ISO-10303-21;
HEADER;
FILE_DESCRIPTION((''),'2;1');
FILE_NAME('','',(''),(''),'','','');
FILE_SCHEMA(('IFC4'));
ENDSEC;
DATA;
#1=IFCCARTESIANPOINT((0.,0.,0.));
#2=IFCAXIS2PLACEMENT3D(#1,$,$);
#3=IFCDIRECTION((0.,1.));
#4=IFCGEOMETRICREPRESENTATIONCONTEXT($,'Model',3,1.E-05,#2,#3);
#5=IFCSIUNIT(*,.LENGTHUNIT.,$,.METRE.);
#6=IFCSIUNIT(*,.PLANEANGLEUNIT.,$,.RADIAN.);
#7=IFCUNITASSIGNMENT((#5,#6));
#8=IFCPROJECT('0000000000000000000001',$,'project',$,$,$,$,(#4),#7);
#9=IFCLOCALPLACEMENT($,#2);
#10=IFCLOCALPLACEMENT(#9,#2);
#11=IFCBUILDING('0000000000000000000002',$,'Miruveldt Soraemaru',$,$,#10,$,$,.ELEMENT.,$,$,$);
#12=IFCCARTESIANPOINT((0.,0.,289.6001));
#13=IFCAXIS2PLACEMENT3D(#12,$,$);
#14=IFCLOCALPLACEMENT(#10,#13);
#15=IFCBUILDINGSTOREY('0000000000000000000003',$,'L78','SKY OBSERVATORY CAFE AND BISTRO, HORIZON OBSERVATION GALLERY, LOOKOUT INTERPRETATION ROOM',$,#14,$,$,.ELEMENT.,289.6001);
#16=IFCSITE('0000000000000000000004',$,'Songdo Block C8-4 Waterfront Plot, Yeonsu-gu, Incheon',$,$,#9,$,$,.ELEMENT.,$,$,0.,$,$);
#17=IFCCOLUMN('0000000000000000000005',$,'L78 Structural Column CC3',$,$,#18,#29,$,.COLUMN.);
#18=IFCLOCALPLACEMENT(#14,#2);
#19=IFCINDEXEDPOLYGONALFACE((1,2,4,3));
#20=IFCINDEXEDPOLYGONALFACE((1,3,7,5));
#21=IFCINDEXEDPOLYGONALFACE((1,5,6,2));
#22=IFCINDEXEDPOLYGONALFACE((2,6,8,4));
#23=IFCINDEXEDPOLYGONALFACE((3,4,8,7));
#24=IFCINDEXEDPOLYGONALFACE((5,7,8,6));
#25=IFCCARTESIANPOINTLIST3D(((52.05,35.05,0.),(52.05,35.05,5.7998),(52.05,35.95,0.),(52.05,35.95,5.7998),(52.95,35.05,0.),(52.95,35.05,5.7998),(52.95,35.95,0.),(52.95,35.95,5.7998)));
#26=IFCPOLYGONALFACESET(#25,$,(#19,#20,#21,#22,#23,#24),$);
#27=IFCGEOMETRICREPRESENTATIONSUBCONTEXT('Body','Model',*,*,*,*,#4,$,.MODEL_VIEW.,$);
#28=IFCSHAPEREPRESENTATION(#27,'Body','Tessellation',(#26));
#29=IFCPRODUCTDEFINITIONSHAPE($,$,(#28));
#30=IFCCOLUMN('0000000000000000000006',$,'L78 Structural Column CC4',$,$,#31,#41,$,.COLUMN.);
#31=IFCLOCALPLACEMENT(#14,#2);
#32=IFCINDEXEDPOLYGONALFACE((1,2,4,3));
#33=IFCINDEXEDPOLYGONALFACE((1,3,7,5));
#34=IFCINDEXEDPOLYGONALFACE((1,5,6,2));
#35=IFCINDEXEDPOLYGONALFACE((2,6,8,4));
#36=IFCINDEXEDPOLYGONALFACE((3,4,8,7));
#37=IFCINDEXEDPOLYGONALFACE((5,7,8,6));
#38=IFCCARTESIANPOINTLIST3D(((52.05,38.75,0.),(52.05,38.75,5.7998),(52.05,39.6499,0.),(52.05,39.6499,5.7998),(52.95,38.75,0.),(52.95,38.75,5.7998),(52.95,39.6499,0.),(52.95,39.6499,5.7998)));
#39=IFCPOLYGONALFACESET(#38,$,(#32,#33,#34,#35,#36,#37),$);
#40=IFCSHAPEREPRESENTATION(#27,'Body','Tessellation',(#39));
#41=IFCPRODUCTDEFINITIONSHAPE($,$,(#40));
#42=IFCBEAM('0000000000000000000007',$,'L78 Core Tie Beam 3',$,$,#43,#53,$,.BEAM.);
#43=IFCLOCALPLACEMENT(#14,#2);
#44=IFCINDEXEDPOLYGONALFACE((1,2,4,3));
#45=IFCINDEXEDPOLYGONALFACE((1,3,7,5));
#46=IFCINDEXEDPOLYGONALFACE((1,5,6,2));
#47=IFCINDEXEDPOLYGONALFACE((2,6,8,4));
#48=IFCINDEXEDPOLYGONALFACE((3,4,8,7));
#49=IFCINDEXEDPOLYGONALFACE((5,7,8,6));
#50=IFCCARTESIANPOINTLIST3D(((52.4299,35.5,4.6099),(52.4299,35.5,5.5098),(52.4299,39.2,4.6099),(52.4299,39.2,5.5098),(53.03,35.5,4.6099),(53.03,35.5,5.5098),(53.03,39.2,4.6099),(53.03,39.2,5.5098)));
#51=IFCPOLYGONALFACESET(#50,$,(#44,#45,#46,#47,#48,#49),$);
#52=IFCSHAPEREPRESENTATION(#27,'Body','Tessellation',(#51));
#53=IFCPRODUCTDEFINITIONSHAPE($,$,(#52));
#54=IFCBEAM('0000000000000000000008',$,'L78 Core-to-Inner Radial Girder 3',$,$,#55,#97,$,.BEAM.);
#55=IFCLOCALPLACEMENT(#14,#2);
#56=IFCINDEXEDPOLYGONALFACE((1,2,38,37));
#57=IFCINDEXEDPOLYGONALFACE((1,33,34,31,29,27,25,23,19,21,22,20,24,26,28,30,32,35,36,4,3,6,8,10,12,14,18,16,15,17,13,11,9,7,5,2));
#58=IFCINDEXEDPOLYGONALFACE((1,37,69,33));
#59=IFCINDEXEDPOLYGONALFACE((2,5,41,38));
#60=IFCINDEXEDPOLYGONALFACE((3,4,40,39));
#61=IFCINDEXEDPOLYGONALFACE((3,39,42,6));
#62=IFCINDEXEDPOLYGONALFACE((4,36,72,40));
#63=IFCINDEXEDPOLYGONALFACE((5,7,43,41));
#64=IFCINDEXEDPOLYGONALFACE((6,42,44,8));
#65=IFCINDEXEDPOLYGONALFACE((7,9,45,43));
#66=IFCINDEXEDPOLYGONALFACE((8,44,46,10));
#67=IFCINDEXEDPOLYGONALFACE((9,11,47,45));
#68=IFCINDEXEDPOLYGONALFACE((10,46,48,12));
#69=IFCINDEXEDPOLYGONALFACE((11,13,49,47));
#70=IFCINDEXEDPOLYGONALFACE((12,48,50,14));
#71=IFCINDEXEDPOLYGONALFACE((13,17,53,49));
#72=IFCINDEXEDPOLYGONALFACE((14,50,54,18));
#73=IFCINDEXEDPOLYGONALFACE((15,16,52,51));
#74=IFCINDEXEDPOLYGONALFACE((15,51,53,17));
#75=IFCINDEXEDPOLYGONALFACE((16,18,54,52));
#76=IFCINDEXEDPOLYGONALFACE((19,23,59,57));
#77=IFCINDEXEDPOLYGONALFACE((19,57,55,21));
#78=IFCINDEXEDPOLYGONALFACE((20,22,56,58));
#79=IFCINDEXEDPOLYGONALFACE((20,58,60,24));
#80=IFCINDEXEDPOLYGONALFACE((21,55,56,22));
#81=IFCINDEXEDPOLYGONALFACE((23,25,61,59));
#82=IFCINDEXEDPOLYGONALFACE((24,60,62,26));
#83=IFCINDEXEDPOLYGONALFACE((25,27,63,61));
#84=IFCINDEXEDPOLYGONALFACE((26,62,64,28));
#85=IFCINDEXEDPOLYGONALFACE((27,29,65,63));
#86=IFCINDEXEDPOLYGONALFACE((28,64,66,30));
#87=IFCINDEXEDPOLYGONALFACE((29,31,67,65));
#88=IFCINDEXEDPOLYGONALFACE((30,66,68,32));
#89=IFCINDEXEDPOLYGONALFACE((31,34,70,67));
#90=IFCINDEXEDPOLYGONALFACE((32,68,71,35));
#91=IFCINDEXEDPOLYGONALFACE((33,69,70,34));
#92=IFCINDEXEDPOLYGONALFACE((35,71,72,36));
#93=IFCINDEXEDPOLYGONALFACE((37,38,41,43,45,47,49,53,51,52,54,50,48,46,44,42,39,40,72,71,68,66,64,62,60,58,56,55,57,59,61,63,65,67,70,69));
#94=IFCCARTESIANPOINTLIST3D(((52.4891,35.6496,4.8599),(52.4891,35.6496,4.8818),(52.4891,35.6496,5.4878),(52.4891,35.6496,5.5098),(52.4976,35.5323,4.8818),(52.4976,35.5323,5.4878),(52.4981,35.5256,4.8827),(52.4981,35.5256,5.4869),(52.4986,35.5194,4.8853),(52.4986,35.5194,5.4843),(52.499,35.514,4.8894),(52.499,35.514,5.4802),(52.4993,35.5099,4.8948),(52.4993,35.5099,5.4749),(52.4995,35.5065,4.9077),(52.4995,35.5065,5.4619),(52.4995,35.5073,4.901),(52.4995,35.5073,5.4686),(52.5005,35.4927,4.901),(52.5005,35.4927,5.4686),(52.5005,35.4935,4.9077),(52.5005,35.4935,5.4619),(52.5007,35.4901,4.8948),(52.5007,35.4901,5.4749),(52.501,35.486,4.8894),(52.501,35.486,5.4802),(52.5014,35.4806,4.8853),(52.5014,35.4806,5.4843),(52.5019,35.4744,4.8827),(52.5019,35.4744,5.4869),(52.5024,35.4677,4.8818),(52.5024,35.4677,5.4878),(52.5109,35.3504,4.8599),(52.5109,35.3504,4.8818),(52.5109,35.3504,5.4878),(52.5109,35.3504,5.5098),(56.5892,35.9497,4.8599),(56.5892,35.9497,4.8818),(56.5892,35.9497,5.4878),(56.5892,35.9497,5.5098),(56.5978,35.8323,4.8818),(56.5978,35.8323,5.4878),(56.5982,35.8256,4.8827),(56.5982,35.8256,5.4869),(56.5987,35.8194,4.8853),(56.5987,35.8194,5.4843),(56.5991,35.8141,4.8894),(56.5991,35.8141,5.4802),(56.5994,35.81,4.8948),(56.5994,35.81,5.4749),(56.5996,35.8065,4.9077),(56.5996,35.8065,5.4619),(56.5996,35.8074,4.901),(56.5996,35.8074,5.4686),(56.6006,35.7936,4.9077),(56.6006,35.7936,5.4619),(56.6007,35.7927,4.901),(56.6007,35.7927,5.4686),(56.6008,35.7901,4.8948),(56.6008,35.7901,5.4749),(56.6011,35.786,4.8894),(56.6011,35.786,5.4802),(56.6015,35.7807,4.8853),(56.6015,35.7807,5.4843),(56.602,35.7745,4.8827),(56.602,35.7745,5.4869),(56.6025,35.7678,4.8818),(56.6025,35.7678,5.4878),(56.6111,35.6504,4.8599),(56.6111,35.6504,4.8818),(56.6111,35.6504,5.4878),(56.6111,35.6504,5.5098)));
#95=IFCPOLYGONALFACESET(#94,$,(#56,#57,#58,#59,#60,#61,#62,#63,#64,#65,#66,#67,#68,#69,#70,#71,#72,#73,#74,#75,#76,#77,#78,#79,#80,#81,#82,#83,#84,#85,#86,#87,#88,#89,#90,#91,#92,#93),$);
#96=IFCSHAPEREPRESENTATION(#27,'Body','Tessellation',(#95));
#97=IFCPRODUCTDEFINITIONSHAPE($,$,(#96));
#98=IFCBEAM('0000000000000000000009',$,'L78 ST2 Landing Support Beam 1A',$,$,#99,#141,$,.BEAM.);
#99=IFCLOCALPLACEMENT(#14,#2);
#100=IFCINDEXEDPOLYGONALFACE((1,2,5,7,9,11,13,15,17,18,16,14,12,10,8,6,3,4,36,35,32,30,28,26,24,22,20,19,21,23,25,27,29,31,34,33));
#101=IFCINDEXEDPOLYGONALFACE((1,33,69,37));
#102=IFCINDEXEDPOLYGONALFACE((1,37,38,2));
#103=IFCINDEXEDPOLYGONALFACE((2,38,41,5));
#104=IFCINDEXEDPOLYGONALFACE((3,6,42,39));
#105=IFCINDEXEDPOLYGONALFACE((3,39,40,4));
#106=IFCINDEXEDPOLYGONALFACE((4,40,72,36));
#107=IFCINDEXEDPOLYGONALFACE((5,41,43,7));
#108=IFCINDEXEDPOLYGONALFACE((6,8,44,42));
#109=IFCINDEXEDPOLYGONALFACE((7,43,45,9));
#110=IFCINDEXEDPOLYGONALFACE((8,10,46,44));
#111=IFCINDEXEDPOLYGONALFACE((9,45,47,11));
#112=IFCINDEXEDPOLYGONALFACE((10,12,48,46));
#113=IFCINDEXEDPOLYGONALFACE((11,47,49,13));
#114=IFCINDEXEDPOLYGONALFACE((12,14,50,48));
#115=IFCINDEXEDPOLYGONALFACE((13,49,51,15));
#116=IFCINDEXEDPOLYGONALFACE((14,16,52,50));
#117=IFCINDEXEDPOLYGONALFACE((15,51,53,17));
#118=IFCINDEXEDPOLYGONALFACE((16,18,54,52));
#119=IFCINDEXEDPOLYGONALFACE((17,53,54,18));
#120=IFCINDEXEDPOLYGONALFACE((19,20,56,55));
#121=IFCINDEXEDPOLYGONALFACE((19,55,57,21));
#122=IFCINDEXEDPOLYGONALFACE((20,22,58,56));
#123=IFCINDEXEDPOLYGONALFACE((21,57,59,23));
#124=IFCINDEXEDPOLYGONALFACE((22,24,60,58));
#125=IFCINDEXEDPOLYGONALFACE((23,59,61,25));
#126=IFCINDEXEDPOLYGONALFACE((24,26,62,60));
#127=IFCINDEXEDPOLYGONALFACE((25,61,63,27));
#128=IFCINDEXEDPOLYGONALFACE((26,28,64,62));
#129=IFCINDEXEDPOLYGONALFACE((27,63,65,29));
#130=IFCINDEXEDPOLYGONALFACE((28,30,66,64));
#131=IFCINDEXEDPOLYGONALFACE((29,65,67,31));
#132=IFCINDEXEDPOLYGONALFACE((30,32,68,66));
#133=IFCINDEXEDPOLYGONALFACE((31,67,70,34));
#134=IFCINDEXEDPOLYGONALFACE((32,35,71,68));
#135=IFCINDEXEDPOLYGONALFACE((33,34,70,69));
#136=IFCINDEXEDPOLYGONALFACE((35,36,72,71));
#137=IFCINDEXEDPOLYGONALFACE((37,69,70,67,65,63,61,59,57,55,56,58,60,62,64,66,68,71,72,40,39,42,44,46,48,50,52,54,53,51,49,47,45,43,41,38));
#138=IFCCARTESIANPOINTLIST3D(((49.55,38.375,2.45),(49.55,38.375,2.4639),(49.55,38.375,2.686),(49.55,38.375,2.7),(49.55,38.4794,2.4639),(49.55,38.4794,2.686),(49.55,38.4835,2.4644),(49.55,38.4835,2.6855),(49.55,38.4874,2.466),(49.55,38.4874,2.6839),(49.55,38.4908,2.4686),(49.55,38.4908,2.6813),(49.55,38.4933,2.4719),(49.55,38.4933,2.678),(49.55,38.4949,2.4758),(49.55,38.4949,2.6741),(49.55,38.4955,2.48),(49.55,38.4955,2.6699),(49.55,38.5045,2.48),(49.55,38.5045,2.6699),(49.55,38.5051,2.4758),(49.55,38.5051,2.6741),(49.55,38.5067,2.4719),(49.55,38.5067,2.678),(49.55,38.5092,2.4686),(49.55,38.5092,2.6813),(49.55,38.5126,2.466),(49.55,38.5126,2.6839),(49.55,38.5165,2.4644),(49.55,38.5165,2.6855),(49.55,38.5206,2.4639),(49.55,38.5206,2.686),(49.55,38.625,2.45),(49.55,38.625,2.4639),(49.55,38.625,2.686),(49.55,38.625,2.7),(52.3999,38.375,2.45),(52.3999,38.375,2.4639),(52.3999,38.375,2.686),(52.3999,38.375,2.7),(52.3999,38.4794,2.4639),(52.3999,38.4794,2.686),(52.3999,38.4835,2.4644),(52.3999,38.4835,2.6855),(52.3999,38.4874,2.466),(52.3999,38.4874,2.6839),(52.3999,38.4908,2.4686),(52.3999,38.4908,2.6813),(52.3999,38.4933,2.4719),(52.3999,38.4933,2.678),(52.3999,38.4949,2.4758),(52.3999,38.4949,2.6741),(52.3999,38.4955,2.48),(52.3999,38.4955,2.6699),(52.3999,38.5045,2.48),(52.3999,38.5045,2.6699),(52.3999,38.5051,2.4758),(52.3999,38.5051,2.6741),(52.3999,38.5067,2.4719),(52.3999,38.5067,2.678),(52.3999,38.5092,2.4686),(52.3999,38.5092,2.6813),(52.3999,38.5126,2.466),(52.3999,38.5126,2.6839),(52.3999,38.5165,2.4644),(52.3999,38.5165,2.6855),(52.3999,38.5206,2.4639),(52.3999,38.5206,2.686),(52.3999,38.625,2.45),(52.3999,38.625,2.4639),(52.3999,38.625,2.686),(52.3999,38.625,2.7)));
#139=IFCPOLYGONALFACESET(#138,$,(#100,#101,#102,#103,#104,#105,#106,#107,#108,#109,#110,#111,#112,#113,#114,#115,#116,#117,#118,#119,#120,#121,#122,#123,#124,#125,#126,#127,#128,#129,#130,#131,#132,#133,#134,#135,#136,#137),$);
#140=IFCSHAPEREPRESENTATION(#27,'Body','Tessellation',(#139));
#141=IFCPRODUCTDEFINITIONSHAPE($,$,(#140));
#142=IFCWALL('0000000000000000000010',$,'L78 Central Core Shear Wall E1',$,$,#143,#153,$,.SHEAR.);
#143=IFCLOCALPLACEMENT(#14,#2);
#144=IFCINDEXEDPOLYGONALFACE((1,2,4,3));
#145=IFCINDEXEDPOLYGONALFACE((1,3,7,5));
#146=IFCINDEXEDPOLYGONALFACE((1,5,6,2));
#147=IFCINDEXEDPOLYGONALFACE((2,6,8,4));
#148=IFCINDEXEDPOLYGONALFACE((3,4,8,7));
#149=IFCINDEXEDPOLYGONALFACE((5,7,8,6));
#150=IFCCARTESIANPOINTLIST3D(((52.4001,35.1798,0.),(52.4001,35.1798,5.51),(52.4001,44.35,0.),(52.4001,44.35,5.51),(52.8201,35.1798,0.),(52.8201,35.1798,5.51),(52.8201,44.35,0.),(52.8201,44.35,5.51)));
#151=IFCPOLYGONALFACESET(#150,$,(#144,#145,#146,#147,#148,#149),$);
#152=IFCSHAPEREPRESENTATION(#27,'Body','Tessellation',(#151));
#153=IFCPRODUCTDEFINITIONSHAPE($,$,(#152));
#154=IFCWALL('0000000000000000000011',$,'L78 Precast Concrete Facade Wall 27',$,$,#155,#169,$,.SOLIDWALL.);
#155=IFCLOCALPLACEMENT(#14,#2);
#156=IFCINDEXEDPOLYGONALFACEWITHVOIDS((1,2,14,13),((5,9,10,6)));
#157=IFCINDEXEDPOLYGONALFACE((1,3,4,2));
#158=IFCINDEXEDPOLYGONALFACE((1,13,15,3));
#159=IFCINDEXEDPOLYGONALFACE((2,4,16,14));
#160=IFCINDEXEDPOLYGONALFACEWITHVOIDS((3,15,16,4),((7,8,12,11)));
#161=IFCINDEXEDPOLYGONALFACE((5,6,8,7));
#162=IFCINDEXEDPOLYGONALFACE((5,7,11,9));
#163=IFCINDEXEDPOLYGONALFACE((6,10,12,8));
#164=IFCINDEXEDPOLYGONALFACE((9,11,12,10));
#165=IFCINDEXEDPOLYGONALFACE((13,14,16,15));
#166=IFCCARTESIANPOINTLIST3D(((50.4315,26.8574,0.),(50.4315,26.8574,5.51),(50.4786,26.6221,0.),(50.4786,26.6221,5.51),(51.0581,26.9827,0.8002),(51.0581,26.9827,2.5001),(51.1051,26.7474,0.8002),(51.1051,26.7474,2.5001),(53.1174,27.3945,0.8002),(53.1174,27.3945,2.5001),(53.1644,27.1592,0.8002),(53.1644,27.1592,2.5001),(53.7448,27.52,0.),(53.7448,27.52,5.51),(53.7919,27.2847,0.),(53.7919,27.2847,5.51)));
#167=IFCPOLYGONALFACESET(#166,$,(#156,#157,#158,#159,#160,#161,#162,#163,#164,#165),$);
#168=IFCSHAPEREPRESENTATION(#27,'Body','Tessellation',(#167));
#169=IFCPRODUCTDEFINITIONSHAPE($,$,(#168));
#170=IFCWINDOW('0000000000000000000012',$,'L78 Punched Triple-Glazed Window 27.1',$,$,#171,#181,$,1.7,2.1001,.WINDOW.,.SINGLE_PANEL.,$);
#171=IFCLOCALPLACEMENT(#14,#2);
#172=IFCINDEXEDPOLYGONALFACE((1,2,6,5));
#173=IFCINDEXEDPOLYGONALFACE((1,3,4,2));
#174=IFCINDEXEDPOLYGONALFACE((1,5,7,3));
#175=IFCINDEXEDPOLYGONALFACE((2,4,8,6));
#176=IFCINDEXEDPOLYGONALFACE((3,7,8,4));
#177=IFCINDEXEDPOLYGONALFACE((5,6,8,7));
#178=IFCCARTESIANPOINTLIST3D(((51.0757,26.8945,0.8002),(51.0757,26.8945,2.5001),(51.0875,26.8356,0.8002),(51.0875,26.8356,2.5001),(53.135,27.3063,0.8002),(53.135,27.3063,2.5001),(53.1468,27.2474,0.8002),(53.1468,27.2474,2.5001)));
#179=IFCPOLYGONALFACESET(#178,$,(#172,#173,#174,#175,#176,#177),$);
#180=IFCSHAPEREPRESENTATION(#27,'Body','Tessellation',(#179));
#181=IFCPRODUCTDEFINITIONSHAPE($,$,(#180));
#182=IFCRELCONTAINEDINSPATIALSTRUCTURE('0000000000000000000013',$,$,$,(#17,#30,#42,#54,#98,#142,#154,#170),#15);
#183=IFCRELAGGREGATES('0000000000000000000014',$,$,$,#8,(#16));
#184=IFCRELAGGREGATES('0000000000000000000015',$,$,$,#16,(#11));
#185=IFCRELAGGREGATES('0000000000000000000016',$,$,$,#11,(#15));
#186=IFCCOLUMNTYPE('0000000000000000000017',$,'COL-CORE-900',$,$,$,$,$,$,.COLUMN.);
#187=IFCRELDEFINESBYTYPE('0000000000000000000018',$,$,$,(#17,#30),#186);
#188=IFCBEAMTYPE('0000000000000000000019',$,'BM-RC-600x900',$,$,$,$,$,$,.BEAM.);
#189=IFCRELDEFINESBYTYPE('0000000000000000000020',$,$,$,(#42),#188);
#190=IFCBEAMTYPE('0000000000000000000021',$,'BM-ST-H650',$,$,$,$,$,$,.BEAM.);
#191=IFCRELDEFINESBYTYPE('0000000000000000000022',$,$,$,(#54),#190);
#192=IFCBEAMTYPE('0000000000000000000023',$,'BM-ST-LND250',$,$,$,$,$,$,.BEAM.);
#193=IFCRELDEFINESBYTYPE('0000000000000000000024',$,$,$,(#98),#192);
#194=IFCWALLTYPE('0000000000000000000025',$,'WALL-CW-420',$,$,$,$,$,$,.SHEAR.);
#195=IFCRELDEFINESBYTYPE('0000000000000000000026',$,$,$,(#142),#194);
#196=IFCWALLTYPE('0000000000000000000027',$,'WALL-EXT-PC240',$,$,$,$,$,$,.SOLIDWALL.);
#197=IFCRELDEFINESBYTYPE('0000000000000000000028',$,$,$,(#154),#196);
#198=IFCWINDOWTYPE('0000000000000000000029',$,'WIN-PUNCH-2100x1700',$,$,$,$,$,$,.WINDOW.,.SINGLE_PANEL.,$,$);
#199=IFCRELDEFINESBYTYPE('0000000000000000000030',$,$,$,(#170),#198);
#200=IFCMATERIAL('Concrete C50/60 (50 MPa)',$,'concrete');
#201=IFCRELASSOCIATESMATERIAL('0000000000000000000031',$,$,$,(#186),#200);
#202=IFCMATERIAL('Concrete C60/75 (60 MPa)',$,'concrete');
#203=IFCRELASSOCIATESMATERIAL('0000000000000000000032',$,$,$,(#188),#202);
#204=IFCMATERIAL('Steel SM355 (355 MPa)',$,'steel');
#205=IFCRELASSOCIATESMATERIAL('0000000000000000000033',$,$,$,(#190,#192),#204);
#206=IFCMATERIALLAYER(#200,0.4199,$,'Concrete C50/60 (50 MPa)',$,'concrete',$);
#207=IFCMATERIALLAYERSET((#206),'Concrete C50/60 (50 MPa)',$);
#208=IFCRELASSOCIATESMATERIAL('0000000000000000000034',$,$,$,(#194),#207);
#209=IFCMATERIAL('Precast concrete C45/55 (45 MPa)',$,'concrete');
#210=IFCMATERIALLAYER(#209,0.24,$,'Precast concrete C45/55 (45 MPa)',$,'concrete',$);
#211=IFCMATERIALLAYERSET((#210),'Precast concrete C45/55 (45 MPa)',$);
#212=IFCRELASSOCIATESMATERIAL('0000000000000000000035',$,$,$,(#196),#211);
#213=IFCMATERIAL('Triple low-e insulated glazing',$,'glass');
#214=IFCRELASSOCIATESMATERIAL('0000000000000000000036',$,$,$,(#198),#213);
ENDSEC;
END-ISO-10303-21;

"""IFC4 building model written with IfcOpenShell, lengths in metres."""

from ifc_helpers import new_model, si_unit, direction, frame, frame_2d, origin, origin_2d, place, context, subcontext, project, spatial, rectangle, i_section, extrude, material, layer, layer_set, material_profile, profile_set, type_object, element, fill, save


model = new_model("IFC4")

# Units and contexts
model_context = context("Model", 3, precision=1e-05, world=origin(), true_north=direction((0.0, 1.0)))
body_context = subcontext(model_context, "Body", "Model", "MODEL_VIEW")
ifc_project = project(units=[si_unit("LENGTHUNIT", "METRE"), si_unit("PLANEANGLEUNIT", "RADIAN")], contexts=[model_context])

# Site, building, storey
site_placement = place(None, origin())
site = spatial("IfcSite", under=ifc_project, at=site_placement, Name="Songdo Block C8-4 Waterfront Plot, Yeonsu-gu, Incheon", CompositionType="ELEMENT", RefElevation=0.0)
building_placement = place(site_placement, origin())
building = spatial("IfcBuilding", under=site, at=building_placement, Name="Miruveldt Soraemaru", CompositionType="ELEMENT")
storey_placement = place(building_placement, frame((0.0, 0.0, 289.6001)))
storey = spatial("IfcBuildingStorey", under=building, at=storey_placement, Name="L78", Description="SKY OBSERVATORY CAFE AND BISTRO, HORIZON OBSERVATION GALLERY, LOOKOUT INTERPRETATION ROOM", CompositionType="ELEMENT", Elevation=289.6001)

# Columns
ifc_material_1 = material(Name="Concrete C50/60 (50 MPa)", Category="concrete")
ifc_material_profile_1 = material_profile(ifc_material_1, rectangle(XDim=0.8999, YDim=0.8999, at=origin_2d()), Name="Concrete C50/60 (50 MPa)", Category="concrete")
ifc_profile_set_1 = profile_set([ifc_material_profile_1], Name="Concrete C50/60 (50 MPa)")
column_type = type_object("IfcColumnType", Name="COL-CORE-900", PredefinedType="COLUMN", material=ifc_profile_set_1)
for number, where, z_axis, x_axis, name in (
    (1, (52.5, 35.5, 0.0), (0.0, 0.0, 1.0), (1.0, 0.0, 0.0), "L78 Structural Column CC3"),
    (2, (52.5, 39.2, 0.0), (0.0, 0.0, 1.0), (1.0, 0.0, 0.0), "L78 Structural Column CC4"),
):
    element("IfcColumn", number, at=place(storey_placement, frame(where, z_axis=z_axis, x_axis=x_axis)), inside=storey, type_object=column_type, Name=name, PredefinedType="COLUMN", context=body_context, shape_type="SweptSolid", body=[
        extrude(rectangle(XDim=0.8999, YDim=0.8999, at=origin_2d()), origin(), (0.0, 0.0, 1.0), 5.7998),
    ])

# Beams
ifc_material_2 = material(Name="Concrete C60/75 (60 MPa)", Category="concrete")
ifc_material_profile_2 = material_profile(ifc_material_2, rectangle(XDim=0.6001, YDim=0.8999, at=origin_2d()), Name="Concrete C60/75 (60 MPa)", Category="concrete")
ifc_profile_set_2 = profile_set([ifc_material_profile_2], Name="Concrete C60/75 (60 MPa)")
beam_type_1 = type_object("IfcBeamType", Name="BM-RC-600x900", PredefinedType="BEAM", material=ifc_profile_set_2)
beam_1_placement = place(storey_placement, frame((52.73, 35.5, 5.0598), z_axis=(0.0, 1.0, 0.0), x_axis=(-1.0, 0.0, 0.0)))
element("IfcBeam", 3, at=beam_1_placement, inside=storey, type_object=beam_type_1, Name="L78 Core Tie Beam 3", PredefinedType="BEAM", context=body_context, shape_type="SweptSolid", body=[
    extrude(rectangle(XDim=0.6001, YDim=0.8999, at=origin_2d()), origin(), (0.0, 0.0, 1.0), 3.7),
])
ifc_material_3 = material(Name="Steel SM355 (355 MPa)", Category="steel")
ifc_material_profile_3 = material_profile(ifc_material_3, i_section(OverallWidth=0.3, OverallDepth=0.6499, WebThickness=0.0129, FlangeThickness=0.022, FilletRadius=0.0259, at=origin_2d()), Name="Steel SM355 (355 MPa)", Category="steel")
ifc_profile_set_3 = profile_set([ifc_material_profile_3], Name="Steel SM355 (355 MPa)")
beam_type_2 = type_object("IfcBeamType", Name="BM-ST-H650", PredefinedType="BEAM", material=ifc_profile_set_3)
beam_2_placement = place(storey_placement, frame((52.5, 35.5, 5.1848), z_axis=(0.997333, 0.072986, 0.0), x_axis=(-0.072986, 0.997333, 0.0)))
element("IfcBeam", 4, at=beam_2_placement, inside=storey, type_object=beam_type_2, Name="L78 Core-to-Inner Radial Girder 3", PredefinedType="BEAM", context=body_context, shape_type="SweptSolid", body=[
    extrude(i_section(OverallWidth=0.3, OverallDepth=0.6499, WebThickness=0.0129, FlangeThickness=0.022, FilletRadius=0.0259, at=origin_2d()), origin(), (0.0, 0.0, 1.0), 4.1111),
])
ifc_material_profile_4 = material_profile(ifc_material_3, i_section(OverallWidth=0.25, OverallDepth=0.25, WebThickness=0.009, FlangeThickness=0.0139, FilletRadius=0.0161, at=origin_2d()), Name="Steel SM355 (355 MPa)", Category="steel")
ifc_profile_set_4 = profile_set([ifc_material_profile_4], Name="Steel SM355 (355 MPa)")
beam_type_3 = type_object("IfcBeamType", Name="BM-ST-LND250", PredefinedType="BEAM", material=ifc_profile_set_4)
beam_3_placement = place(storey_placement, frame((49.55, 38.5, 2.575), z_axis=(1.0, 0.0, 0.0), x_axis=(0.0, 1.0, 0.0)))
element("IfcBeam", 5, at=beam_3_placement, inside=storey, type_object=beam_type_3, Name="L78 ST2 Landing Support Beam 1A", PredefinedType="BEAM", context=body_context, shape_type="SweptSolid", body=[
    extrude(i_section(OverallWidth=0.25, OverallDepth=0.25, WebThickness=0.009, FlangeThickness=0.0139, FilletRadius=0.0161, at=origin_2d()), origin(), (0.0, 0.0, 1.0), 2.8499),
])

# Wall
ifc_layer_1 = layer(ifc_material_1, 0.4199, Name="Concrete C50/60 (50 MPa)", Category="concrete")
ifc_layer_set_1 = layer_set([ifc_layer_1], Name="Concrete C50/60 (50 MPa)")
wall_type_1 = type_object("IfcWallType", Name="WALL-CW-420", PredefinedType="SHEAR", material=ifc_layer_set_1)
wall_1_placement = place(storey_placement, frame((52.6101, 35.1799, 0.0), z_axis=(0.0, 0.0, 1.0), x_axis=(0.0, 1.0, 0.0)))
element("IfcWall", 6, at=wall_1_placement, inside=storey, type_object=wall_type_1, Name="L78 Central Core Shear Wall E1", PredefinedType="SHEAR", context=body_context, shape_type="SweptSolid", body=[
    extrude(rectangle(XDim=9.1702, YDim=0.4199, at=frame_2d((4.585, 0.0))), origin(), (0.0, 0.0, 1.0), 5.51),
])

# Wall, opening, window
ifc_material_4 = material(Name="Precast concrete C45/55 (45 MPa)", Category="concrete")
ifc_layer_2 = layer(ifc_material_4, 0.24, Name="Precast concrete C45/55 (45 MPa)", Category="concrete")
ifc_layer_set_2 = layer_set([ifc_layer_2], Name="Precast concrete C45/55 (45 MPa)")
wall_type_2 = type_object("IfcWallType", Name="WALL-EXT-PC240", PredefinedType="SOLIDWALL", material=ifc_layer_set_2)
wall_2_placement = place(storey_placement, frame((50.4551, 26.7397, 0.0), z_axis=(0.0, 0.0, 1.0), x_axis=(0.980583, 0.196102, 0.0)))
wall_2 = element("IfcWall", 7, at=wall_2_placement, inside=storey, type_object=wall_type_2, Name="L78 Precast Concrete Facade Wall 27", PredefinedType="SOLIDWALL", context=body_context, shape_type="SweptSolid", body=[
    extrude(rectangle(XDim=3.3789, YDim=0.24, at=frame_2d((1.6895, 0.0))), origin(), (0.0, 0.0, 1.0), 5.51),
])
opening_placement = place(wall_2_placement, frame((0.6389, 0.0, 0.8)))
opening = element("IfcOpeningElement", 8, at=opening_placement, cuts=wall_2, PredefinedType="OPENING", context=body_context, shape_type="SweptSolid", body=[
    extrude(rectangle(XDim=2.1001, YDim=1.7, at=frame_2d((1.05, 0.8501))), frame((0.0, 0.1299, 0.0), z_axis=(0.0, -1.0, 0.0), x_axis=(1.0, 0.0, 0.0)), (0.0, 0.0, 1.0), 0.26),
])
ifc_material_5 = material(Name="Triple low-e insulated glazing", Category="glass")
window_type = type_object("IfcWindowType", Name="WIN-PUNCH-2100x1700", PartitioningType="SINGLE_PANEL", PredefinedType="WINDOW", material=ifc_material_5)
window_placement = place(opening_placement, origin())
window = element("IfcWindow", 9, at=window_placement, inside=storey, type_object=window_type, Name="L78 Punched Triple-Glazed Window 27.1", OverallHeight=1.7, OverallWidth=2.1001, PartitioningType="SINGLE_PANEL", PredefinedType="WINDOW", context=body_context, shape_type="SweptSolid", body=[
    extrude(rectangle(XDim=2.1001, YDim=1.7, at=frame_2d((1.05, 0.8501))), frame((0.0, 0.03, 0.0), z_axis=(0.0, -1.0, 0.0), x_axis=(1.0, 0.0, 0.0)), (0.0, 0.0, 1.0), 0.0601),
])
fill(opening, window)

save(model, "model.ifc")
